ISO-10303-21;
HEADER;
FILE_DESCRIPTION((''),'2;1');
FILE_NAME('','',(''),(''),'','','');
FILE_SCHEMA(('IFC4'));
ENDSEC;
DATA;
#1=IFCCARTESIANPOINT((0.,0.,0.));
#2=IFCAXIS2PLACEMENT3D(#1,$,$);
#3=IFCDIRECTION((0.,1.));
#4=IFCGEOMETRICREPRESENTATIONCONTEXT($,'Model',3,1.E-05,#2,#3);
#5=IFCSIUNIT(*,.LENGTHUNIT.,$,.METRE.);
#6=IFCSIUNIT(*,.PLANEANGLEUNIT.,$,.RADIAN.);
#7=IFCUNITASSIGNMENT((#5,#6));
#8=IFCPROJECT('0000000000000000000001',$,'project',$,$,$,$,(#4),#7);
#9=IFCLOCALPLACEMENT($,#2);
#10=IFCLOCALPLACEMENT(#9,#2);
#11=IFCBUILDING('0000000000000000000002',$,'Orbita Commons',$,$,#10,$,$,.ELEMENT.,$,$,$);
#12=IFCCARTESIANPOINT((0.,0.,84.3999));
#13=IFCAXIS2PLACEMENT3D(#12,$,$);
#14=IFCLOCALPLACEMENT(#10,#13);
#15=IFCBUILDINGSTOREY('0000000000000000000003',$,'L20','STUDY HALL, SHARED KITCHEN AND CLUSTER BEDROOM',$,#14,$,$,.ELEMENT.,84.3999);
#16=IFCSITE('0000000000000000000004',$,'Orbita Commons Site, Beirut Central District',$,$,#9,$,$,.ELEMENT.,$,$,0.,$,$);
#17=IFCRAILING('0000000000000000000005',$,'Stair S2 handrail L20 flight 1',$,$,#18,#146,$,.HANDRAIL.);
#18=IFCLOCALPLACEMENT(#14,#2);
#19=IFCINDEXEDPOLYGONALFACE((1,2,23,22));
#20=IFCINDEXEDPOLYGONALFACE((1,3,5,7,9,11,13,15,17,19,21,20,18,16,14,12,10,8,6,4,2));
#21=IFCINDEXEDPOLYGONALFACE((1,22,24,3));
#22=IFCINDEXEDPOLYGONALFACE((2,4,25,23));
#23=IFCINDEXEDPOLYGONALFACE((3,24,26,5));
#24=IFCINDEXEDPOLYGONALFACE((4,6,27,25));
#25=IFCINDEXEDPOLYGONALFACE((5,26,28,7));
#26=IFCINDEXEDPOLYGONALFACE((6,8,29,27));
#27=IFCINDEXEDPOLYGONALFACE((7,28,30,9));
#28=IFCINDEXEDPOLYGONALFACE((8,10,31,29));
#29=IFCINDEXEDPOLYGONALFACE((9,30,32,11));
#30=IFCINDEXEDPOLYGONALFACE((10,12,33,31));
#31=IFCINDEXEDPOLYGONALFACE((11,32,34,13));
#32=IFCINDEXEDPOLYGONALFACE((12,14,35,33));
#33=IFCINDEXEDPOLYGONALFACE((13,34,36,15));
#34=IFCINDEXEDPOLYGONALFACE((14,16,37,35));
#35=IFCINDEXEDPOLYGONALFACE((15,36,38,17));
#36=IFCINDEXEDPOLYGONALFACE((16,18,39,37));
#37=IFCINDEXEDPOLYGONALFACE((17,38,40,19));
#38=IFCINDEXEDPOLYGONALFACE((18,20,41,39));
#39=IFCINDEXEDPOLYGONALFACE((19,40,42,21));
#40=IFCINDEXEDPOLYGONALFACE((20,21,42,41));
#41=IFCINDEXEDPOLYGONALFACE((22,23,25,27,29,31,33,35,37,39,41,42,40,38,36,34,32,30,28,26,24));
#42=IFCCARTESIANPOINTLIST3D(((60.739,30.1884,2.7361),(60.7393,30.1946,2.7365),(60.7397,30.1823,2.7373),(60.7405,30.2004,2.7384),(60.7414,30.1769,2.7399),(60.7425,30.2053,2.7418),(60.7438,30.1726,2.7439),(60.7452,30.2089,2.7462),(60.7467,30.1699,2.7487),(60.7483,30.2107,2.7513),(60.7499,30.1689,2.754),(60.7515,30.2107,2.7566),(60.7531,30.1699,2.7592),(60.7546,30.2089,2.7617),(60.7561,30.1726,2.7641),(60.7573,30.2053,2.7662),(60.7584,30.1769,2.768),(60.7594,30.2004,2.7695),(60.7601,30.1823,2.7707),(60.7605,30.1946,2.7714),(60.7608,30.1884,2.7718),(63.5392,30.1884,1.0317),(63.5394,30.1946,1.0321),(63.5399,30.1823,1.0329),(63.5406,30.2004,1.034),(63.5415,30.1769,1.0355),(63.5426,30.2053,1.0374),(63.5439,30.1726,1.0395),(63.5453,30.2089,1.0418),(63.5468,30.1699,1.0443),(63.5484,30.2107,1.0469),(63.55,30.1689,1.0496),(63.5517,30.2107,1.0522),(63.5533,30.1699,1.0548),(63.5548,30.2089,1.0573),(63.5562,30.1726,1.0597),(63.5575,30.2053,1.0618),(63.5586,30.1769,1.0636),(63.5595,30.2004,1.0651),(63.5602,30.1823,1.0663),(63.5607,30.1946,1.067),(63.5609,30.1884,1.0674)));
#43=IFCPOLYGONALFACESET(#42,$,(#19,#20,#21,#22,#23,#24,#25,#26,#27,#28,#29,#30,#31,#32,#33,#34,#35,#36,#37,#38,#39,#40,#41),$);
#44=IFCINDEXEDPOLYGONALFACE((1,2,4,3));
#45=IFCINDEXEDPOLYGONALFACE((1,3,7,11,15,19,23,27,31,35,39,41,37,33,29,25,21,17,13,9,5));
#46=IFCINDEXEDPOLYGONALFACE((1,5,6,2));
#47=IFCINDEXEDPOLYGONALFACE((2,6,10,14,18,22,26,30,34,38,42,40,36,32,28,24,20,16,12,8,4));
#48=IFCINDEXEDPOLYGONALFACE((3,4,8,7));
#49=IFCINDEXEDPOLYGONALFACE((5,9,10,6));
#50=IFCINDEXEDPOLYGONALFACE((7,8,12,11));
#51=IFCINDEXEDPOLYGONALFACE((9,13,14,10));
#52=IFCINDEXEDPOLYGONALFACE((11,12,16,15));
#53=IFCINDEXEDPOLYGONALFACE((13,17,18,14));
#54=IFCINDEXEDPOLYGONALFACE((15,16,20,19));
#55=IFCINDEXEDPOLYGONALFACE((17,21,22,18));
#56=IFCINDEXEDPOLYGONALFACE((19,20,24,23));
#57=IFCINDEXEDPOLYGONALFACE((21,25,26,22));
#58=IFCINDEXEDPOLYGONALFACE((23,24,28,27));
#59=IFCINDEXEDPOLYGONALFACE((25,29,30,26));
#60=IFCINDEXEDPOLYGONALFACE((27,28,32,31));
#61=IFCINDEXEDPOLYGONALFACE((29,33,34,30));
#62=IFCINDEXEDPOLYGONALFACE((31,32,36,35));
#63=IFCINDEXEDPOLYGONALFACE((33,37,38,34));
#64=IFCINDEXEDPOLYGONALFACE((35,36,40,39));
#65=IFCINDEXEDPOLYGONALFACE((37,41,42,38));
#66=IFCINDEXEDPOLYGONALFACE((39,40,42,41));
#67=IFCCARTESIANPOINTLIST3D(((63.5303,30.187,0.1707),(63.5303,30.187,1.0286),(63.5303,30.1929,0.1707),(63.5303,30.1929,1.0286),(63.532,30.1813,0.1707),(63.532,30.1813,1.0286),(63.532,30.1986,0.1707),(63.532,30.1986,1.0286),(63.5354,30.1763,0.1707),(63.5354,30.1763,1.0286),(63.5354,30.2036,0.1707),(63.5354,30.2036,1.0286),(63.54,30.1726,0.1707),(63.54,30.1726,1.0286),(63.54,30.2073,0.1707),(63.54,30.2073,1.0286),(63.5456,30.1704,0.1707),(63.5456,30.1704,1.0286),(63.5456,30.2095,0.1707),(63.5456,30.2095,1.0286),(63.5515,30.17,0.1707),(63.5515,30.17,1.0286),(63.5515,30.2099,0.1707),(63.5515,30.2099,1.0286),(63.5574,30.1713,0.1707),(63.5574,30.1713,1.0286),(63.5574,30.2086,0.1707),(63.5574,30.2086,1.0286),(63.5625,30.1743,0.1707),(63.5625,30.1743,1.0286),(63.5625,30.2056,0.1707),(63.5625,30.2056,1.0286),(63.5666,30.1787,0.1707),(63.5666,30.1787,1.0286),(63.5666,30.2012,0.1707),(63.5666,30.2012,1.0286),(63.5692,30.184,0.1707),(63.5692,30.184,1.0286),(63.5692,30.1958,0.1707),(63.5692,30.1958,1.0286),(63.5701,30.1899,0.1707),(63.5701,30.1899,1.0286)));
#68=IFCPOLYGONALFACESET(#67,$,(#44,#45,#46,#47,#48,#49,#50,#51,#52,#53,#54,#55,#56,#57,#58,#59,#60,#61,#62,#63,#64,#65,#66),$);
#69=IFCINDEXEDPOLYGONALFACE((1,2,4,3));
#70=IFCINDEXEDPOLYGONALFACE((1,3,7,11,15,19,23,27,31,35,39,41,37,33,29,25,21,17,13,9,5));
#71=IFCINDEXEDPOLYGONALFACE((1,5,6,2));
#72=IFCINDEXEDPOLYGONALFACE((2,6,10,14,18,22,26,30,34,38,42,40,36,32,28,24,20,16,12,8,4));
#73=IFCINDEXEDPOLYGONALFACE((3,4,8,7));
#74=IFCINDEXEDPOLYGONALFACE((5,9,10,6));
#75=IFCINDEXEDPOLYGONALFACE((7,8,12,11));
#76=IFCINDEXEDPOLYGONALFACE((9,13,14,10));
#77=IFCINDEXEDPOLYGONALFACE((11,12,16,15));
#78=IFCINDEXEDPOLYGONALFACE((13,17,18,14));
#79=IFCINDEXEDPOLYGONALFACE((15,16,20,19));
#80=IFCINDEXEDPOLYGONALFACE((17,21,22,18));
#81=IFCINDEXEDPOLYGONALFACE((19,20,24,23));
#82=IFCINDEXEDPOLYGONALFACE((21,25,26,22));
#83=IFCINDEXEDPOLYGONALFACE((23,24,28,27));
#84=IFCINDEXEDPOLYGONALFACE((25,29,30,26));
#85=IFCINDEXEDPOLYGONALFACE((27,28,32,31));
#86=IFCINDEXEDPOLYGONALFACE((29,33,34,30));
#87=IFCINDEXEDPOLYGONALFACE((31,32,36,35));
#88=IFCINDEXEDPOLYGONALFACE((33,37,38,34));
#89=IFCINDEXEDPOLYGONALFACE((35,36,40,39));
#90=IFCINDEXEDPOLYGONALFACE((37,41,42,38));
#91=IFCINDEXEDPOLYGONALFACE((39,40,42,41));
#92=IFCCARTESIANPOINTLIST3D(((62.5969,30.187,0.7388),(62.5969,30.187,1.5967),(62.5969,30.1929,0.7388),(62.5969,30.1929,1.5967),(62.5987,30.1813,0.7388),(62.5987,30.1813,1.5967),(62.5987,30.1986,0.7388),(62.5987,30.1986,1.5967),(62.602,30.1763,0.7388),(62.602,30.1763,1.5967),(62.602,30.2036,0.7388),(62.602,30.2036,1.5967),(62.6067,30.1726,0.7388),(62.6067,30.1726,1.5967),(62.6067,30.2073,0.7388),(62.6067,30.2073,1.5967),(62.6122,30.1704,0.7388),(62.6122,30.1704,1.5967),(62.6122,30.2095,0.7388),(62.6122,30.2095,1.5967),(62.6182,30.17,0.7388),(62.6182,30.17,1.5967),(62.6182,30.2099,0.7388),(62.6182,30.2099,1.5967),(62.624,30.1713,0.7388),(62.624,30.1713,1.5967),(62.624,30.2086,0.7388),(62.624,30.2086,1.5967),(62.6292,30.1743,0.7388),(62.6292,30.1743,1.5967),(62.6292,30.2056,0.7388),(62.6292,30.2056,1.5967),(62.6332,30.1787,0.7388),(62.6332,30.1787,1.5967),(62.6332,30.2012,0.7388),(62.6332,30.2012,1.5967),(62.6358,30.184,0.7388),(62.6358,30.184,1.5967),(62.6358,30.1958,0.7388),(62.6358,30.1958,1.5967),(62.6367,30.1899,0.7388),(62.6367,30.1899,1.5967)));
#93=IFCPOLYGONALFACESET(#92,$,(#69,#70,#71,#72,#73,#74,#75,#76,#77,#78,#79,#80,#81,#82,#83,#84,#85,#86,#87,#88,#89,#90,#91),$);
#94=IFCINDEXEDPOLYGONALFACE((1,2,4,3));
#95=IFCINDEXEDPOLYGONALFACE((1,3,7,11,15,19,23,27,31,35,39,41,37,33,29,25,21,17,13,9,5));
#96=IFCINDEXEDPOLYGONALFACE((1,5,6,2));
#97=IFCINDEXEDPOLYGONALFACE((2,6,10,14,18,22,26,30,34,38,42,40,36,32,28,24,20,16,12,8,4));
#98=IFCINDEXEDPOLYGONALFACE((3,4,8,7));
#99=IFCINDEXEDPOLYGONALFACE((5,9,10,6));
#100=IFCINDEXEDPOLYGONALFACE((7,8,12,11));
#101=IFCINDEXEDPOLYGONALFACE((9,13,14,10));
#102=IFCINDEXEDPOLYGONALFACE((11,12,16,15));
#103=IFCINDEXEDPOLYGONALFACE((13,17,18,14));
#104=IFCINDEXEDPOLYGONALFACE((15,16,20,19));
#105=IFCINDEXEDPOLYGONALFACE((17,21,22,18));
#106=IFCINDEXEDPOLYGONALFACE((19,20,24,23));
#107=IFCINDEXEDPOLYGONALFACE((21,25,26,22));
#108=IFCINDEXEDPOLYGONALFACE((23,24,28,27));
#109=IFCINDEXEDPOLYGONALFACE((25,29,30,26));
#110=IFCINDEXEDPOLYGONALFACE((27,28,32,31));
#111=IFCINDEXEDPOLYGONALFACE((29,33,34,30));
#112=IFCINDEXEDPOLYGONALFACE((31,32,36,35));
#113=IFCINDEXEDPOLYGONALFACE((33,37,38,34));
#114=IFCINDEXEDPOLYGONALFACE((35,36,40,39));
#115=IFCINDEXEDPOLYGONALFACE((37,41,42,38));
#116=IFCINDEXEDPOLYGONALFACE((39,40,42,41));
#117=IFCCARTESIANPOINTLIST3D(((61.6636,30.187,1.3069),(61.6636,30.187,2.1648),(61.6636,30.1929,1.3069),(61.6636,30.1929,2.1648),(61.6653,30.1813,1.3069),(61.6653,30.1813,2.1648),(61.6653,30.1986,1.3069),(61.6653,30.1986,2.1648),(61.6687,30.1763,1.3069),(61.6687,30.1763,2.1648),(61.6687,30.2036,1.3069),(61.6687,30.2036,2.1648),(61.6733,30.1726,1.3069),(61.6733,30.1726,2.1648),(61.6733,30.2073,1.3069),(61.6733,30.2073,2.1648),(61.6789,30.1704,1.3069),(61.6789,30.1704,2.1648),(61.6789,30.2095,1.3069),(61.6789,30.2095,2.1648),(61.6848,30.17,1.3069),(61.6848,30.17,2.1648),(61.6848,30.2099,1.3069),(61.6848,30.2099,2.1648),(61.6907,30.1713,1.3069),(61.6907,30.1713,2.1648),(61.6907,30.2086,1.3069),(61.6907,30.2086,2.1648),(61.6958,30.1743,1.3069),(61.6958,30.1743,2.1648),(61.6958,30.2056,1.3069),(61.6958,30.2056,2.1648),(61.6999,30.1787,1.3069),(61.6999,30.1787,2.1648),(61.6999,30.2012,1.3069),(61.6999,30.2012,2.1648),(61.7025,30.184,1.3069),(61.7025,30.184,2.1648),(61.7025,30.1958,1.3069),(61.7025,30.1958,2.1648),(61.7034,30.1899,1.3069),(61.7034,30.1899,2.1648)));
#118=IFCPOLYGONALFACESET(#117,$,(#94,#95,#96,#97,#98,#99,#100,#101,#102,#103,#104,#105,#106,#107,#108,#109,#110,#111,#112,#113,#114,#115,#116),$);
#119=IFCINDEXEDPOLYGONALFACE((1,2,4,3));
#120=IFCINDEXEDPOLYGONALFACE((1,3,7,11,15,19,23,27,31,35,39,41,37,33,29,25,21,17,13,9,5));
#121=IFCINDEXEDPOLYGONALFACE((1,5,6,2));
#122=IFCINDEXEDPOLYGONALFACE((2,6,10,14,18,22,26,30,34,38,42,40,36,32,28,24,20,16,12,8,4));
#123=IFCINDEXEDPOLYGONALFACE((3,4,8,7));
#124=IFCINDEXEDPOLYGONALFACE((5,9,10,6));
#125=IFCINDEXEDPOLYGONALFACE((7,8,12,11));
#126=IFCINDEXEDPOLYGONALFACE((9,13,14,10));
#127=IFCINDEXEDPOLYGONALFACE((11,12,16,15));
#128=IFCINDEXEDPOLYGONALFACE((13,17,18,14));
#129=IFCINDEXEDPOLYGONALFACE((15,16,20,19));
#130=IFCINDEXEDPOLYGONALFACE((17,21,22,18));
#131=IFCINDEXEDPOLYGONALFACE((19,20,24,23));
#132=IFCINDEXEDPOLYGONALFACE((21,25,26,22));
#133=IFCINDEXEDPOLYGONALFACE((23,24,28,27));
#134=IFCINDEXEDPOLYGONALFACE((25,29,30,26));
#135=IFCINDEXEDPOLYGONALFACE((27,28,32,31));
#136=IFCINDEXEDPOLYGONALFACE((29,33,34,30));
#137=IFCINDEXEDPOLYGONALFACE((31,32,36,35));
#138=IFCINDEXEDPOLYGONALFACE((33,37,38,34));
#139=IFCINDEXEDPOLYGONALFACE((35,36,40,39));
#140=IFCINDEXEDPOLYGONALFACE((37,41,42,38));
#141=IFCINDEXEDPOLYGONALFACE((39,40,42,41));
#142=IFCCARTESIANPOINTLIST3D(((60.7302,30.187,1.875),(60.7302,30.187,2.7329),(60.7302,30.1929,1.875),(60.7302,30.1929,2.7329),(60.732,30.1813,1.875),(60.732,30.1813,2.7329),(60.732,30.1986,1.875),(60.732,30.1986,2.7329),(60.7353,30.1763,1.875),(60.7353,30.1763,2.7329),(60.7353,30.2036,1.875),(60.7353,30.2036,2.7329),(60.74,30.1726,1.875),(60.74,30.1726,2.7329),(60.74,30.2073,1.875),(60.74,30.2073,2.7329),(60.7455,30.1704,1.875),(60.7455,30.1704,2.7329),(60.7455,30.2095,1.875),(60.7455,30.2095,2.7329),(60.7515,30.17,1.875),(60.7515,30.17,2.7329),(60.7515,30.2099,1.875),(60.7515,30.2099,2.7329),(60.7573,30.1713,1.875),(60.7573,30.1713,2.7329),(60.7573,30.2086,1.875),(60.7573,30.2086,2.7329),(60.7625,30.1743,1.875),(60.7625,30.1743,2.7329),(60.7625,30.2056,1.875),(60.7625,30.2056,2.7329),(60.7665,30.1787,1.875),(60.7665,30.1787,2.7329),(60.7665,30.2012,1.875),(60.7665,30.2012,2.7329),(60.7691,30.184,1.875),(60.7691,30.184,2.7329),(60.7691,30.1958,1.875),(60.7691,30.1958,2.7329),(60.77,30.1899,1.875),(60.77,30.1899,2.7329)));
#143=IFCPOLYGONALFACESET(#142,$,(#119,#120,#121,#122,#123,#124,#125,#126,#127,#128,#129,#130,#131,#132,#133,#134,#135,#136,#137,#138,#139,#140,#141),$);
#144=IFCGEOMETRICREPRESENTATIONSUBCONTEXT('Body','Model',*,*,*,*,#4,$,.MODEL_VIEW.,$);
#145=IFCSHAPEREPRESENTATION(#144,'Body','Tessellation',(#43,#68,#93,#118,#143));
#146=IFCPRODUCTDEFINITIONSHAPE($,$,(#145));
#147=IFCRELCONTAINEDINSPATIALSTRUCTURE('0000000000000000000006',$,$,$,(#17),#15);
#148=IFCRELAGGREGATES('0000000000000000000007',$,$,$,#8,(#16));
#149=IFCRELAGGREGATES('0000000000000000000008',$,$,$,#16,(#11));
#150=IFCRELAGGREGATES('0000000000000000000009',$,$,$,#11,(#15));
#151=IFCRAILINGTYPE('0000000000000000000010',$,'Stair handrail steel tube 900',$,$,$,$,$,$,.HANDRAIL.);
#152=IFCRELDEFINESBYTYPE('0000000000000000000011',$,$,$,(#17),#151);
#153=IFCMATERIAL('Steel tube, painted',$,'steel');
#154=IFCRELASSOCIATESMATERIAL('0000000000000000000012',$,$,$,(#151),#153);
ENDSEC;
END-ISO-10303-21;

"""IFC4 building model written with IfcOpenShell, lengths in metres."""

from ifc_helpers import new_model, si_unit, direction, frame, origin, origin_2d, place, context, subcontext, project, spatial, circle, extrude, material, type_object, element, save


model = new_model("IFC4")

# Units and contexts
model_context = context("Model", 3, precision=1e-05, world=origin(), true_north=direction((0.0, 1.0)))
body_context = subcontext(model_context, "Body", "Model", "MODEL_VIEW")
ifc_project = project(units=[si_unit("LENGTHUNIT", "METRE"), si_unit("PLANEANGLEUNIT", "RADIAN")], contexts=[model_context])

# Site, building, storey
site_placement = place(None, origin())
site = spatial("IfcSite", under=ifc_project, at=site_placement, Name="Orbita Commons Site, Beirut Central District", CompositionType="ELEMENT", RefElevation=0.0)
building_placement = place(site_placement, origin())
building = spatial("IfcBuilding", under=site, at=building_placement, Name="Orbita Commons", CompositionType="ELEMENT")
storey_placement = place(building_placement, frame((0.0, 0.0, 84.3999)))
storey = spatial("IfcBuildingStorey", under=building, at=storey_placement, Name="L20", Description="STUDY HALL, SHARED KITCHEN AND CLUSTER BEDROOM", CompositionType="ELEMENT", Elevation=84.3999)

# Railing
ifc_material_1 = material(Name="Steel tube, painted", Category="steel")
railing_type = type_object("IfcRailingType", Name="Stair handrail steel tube 900", PredefinedType="HANDRAIL", material=ifc_material_1)
for number, where, name in (
    (1, (63.55, 30.1899, 0.1707), "Stair S2 handrail L20 flight 1"),
):
    element("IfcRailing", number, at=place(storey_placement, frame(where)), inside=storey, type_object=railing_type, Name=name, PredefinedType="HANDRAIL", context=body_context, shape_type="SweptSolid", body=[
        extrude(circle(Radius=0.021, at=origin_2d()), frame((0.0, 0.0, 0.8789), z_axis=(-0.854203, 0.0, 0.51994), x_axis=(0.0, -1.0, 0.0)), (0.0, 0.0, 1.0), 3.2781),
        extrude(circle(Radius=0.02, at=origin_2d()), origin(), (0.0, 0.0, 1.0), 0.8579),
        extrude(circle(Radius=0.02, at=origin_2d()), frame((-0.9333, 0.0, 0.5681)), (0.0, 0.0, 1.0), 0.8579),
        extrude(circle(Radius=0.02, at=origin_2d()), frame((-1.8667, 0.0, 1.1362)), (0.0, 0.0, 1.0), 0.8579),
        extrude(circle(Radius=0.02, at=origin_2d()), frame((-2.8, 0.0, 1.7043)), (0.0, 0.0, 1.0), 0.8579),
    ])

save(model, "model.ifc")
